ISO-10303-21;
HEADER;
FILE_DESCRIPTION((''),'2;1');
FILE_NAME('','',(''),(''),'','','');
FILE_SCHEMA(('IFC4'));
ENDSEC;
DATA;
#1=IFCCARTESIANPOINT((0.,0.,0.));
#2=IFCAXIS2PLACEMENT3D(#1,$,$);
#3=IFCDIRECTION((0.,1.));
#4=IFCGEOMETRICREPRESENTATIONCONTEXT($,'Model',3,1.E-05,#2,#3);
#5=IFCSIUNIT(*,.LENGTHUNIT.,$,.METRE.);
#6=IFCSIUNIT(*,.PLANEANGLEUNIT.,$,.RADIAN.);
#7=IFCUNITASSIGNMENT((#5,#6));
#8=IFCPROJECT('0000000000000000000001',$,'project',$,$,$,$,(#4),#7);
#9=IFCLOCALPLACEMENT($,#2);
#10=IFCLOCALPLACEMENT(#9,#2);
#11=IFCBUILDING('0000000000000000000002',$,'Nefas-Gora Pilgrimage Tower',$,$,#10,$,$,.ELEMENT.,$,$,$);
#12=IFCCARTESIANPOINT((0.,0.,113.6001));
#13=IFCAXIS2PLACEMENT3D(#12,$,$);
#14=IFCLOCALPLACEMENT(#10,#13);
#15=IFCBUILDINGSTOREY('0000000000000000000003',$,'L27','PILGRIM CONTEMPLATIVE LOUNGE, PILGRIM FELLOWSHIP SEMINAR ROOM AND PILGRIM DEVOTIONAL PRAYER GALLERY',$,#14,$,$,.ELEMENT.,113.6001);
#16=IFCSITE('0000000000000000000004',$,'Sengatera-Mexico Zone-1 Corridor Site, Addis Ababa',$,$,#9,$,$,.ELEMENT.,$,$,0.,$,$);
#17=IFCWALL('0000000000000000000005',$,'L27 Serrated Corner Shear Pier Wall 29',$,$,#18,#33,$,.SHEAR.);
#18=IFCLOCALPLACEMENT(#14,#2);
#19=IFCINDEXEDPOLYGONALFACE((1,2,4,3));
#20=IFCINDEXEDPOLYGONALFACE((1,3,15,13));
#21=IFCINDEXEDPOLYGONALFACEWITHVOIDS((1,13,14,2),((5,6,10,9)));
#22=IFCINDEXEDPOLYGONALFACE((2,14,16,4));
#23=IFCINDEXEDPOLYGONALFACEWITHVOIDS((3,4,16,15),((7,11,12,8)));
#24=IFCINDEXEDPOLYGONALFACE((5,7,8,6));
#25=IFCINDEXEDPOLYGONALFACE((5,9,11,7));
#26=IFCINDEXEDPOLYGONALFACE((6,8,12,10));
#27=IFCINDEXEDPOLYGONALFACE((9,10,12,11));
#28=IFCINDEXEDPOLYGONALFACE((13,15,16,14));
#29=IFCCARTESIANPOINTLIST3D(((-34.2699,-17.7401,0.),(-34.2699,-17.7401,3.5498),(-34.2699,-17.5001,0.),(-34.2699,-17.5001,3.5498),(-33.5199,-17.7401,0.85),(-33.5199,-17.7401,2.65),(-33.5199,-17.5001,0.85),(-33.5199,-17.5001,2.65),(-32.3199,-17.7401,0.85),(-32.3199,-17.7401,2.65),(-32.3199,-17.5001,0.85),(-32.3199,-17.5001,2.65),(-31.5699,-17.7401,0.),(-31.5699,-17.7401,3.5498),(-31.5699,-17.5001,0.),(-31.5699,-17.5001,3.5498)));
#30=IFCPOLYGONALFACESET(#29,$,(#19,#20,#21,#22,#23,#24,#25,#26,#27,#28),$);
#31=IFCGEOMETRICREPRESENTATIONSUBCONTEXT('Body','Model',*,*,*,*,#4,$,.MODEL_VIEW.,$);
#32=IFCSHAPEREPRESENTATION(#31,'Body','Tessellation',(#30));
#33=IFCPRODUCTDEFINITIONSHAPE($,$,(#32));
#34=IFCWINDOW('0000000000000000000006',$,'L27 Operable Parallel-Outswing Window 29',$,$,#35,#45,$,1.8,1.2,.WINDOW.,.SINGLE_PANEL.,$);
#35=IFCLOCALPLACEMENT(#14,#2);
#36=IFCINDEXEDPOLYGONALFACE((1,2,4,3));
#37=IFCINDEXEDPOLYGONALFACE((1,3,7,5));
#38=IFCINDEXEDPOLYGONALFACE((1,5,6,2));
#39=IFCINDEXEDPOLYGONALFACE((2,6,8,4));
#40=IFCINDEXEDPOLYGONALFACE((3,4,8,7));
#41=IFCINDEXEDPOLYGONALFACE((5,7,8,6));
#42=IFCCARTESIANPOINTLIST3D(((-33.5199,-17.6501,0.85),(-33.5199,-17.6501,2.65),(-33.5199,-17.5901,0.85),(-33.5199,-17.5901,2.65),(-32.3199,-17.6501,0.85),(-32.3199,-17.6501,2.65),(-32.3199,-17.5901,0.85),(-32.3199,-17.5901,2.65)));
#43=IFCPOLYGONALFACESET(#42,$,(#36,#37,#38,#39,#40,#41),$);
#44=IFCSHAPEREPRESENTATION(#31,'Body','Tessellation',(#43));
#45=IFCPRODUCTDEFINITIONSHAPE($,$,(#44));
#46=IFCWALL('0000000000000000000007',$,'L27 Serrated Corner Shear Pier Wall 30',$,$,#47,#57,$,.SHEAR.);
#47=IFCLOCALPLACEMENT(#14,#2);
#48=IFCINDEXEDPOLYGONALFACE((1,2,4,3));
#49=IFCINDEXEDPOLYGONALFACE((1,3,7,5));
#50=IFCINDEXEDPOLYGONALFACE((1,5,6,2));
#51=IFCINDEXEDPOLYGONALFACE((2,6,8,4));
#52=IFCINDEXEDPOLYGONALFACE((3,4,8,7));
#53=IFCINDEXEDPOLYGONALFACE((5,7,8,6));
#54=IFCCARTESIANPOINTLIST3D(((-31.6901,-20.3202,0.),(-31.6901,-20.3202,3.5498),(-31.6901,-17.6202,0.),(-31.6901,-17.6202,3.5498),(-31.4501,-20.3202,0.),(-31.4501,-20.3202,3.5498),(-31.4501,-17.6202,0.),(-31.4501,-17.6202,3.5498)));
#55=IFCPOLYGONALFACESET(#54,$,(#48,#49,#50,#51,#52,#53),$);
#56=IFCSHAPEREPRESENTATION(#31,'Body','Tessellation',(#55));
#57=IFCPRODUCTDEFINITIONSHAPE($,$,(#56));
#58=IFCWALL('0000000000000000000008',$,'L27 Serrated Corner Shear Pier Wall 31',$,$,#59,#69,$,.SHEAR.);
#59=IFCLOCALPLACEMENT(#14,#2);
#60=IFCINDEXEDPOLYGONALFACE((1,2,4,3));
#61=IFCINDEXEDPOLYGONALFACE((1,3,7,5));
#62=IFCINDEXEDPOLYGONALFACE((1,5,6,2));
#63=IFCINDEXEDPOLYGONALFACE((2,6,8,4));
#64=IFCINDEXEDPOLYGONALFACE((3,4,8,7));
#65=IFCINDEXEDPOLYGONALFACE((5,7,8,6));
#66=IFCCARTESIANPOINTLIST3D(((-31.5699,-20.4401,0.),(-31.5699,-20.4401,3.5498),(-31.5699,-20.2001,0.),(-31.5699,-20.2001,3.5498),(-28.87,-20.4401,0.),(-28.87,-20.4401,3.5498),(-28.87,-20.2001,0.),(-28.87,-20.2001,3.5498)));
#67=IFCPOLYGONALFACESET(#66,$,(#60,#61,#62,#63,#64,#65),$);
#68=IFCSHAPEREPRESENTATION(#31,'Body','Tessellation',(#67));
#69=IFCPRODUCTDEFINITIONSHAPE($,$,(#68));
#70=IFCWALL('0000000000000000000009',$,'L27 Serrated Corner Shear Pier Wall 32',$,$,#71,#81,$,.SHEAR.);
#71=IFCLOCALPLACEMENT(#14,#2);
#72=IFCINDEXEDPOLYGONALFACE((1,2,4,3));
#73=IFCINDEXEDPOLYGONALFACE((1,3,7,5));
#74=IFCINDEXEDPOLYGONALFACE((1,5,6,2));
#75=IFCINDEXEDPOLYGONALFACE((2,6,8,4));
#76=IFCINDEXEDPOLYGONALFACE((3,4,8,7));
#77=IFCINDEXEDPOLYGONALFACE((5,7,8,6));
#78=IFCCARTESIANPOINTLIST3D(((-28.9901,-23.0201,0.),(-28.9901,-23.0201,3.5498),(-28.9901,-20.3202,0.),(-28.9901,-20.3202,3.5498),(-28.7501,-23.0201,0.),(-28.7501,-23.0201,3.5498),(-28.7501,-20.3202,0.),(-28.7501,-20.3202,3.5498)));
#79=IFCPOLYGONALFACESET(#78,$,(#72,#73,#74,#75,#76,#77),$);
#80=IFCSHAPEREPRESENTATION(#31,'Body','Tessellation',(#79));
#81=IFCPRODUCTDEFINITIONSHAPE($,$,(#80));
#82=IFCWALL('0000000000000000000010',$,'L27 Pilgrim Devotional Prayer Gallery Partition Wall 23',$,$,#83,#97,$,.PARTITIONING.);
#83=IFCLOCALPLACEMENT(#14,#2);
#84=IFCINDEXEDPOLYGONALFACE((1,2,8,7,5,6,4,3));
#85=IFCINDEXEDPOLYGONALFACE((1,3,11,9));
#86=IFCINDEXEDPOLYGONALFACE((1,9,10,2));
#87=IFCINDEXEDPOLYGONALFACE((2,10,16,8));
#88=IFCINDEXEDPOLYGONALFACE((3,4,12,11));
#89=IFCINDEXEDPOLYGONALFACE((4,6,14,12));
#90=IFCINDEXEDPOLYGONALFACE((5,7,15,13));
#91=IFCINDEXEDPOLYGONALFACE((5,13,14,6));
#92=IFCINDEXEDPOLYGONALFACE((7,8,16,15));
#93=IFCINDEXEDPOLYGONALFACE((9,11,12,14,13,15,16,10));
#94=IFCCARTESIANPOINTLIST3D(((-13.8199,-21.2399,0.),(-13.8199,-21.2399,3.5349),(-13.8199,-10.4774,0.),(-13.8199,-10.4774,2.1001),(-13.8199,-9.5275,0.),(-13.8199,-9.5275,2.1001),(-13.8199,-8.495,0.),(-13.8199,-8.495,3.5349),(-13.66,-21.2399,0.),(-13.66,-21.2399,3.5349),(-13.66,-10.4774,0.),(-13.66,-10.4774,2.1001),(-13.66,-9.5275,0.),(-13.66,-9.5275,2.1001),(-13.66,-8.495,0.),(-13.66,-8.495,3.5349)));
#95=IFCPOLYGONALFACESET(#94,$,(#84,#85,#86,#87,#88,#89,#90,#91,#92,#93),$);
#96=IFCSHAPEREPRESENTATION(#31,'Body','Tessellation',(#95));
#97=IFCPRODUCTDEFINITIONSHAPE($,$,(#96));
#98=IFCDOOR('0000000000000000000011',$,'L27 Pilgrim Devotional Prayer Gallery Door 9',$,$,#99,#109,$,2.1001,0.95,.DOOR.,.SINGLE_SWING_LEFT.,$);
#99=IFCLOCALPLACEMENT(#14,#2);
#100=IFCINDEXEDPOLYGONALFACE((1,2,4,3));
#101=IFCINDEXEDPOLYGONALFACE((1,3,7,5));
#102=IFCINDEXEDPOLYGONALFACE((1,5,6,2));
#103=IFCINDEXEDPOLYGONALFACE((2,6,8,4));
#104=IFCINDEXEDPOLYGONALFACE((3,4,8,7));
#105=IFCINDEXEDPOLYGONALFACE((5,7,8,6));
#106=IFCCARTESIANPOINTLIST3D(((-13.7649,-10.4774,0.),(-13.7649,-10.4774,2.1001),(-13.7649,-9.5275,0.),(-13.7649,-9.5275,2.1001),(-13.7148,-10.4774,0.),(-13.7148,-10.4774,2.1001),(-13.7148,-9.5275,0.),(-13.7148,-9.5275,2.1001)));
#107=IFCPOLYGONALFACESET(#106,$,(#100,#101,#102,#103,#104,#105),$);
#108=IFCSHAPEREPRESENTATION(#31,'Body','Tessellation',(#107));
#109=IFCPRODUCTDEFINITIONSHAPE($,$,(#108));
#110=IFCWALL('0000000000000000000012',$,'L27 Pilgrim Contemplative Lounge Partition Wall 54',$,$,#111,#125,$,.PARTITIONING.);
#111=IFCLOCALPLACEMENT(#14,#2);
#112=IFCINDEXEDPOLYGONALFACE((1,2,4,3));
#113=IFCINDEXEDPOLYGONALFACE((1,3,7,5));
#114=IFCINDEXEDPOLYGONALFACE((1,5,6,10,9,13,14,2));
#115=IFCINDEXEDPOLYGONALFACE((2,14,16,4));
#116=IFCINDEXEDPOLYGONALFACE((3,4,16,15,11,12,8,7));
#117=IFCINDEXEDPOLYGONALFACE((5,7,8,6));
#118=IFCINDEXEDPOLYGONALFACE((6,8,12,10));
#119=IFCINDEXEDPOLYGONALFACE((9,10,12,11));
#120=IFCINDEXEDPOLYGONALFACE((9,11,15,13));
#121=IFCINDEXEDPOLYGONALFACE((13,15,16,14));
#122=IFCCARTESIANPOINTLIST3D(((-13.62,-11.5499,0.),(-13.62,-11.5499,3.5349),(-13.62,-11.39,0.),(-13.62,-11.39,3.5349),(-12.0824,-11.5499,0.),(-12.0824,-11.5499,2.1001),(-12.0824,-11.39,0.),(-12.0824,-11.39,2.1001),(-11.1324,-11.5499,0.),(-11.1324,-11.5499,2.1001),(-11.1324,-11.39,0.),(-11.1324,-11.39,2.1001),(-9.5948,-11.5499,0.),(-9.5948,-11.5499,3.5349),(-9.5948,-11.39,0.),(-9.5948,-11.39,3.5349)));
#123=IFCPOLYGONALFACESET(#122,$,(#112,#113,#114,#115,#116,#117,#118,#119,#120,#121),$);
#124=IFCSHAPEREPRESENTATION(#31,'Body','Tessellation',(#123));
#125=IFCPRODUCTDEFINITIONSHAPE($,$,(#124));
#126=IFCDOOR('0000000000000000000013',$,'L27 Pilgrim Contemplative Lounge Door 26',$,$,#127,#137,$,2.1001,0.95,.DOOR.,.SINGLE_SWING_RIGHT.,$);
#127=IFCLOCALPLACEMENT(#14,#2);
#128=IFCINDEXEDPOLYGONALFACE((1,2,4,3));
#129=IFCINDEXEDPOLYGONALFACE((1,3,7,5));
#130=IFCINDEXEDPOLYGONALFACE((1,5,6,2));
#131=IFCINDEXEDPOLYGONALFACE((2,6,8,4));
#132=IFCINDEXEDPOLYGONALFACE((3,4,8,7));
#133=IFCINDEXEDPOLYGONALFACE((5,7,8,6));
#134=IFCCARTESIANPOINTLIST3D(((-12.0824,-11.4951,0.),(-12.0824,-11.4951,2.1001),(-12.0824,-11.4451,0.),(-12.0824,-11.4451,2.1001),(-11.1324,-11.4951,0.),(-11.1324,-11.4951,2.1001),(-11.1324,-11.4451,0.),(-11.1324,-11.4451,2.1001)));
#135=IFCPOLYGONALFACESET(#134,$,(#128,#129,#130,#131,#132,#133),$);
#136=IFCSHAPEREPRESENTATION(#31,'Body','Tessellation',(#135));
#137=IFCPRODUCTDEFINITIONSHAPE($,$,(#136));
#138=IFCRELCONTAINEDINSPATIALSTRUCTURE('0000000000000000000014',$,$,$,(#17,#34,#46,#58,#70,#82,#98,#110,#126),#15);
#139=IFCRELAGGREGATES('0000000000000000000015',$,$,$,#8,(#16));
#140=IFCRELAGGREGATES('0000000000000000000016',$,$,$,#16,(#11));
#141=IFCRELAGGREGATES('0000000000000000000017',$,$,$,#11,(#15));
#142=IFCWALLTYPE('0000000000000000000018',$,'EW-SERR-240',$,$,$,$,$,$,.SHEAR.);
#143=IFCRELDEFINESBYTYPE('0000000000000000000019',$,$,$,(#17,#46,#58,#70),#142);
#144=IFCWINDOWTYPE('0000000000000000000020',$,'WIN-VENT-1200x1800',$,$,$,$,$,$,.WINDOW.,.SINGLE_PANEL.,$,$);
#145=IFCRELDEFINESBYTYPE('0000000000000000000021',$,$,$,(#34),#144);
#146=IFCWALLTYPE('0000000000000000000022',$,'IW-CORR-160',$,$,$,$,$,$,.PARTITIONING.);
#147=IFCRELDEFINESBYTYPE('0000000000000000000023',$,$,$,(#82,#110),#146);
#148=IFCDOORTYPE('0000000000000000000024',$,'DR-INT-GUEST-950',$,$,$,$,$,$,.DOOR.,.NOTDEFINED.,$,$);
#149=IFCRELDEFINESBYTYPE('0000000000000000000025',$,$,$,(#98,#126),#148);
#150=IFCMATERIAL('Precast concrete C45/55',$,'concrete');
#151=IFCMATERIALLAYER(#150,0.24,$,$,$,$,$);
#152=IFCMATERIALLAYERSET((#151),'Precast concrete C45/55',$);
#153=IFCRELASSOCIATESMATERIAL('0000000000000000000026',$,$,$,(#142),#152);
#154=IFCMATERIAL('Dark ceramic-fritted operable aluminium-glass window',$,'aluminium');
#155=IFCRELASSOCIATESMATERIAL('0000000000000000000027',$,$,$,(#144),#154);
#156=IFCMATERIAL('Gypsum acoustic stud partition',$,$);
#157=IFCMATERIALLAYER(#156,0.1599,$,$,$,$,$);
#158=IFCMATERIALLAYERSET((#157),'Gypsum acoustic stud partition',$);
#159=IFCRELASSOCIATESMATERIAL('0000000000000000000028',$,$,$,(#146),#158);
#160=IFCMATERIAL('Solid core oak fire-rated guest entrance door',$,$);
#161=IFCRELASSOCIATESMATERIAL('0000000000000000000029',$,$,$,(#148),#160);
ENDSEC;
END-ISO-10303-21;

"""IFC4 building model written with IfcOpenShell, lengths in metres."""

from ifc_helpers import new_model, si_unit, direction, frame, frame_2d, origin, place, context, subcontext, project, spatial, rectangle, extrude, source, transform, mapped, material, layer, layer_set, type_object, element, fill, save


model = new_model("IFC4")

# Units and contexts
model_context = context("Model", 3, precision=1e-05, world=origin(), true_north=direction((0.0, 1.0)))
body_context = subcontext(model_context, "Body", "Model", "MODEL_VIEW")
ifc_project = project(units=[si_unit("LENGTHUNIT", "METRE"), si_unit("PLANEANGLEUNIT", "RADIAN")], contexts=[model_context])

# Site, building, storey
site_placement = place(None, origin())
site = spatial("IfcSite", under=ifc_project, at=site_placement, Name="Sengatera-Mexico Zone-1 Corridor Site, Addis Ababa", CompositionType="ELEMENT", RefElevation=0.0)
building_placement = place(site_placement, origin())
building = spatial("IfcBuilding", under=site, at=building_placement, Name="Nefas-Gora Pilgrimage Tower", CompositionType="ELEMENT")
storey_placement = place(building_placement, frame((0.0, 0.0, 113.6001)))
storey = spatial("IfcBuildingStorey", under=building, at=storey_placement, Name="L27", Description="PILGRIM CONTEMPLATIVE LOUNGE, PILGRIM FELLOWSHIP SEMINAR ROOM AND PILGRIM DEVOTIONAL PRAYER GALLERY", CompositionType="ELEMENT", Elevation=113.6001)

# Wall, opening, window
ifc_material_1 = material(Name="Precast concrete C45/55", Category="concrete")
ifc_layer_1 = layer(ifc_material_1, 0.24)
ifc_layer_set_1 = layer_set([ifc_layer_1], Name="Precast concrete C45/55")
wall_type_1 = type_object("IfcWallType", Name="EW-SERR-240", PredefinedType="SHEAR", material=ifc_layer_set_1)
shared_shape_1 = source(origin(), body_context, "Body", "SweptSolid", [
    extrude(rectangle(XDim=2.7, YDim=0.24, at=frame_2d((1.3501, 0.0))), origin(), (0.0, 0.0, 1.0), 3.5498),
])
wall_1_placement = place(storey_placement, frame((-34.27, -17.6201, 0.0), z_axis=(0.0, 0.0, 1.0), x_axis=(1.0, 0.0, 0.0)))
wall_1 = element("IfcWall", 1, at=wall_1_placement, inside=storey, type_object=wall_type_1, Name="L27 Serrated Corner Shear Pier Wall 29", PredefinedType="SHEAR", context=body_context, shape_type="MappedRepresentation", body=[
    mapped(shared_shape_1, transform((0.0, 0.0, 0.0), x_axis=(1.0, 0.0, 0.0), y_axis=(0.0, 1.0, 0.0), z_axis=(0.0, 0.0, 1.0), scale=1.0)),
])
opening_1_placement = place(wall_1_placement, frame((0.75, 0.0, 0.8501)))
opening_1 = element("IfcOpeningElement", 2, at=opening_1_placement, cuts=wall_1, PredefinedType="OPENING", context=body_context, shape_type="SweptSolid", body=[
    extrude(rectangle(XDim=1.2, YDim=1.8, at=frame_2d((0.6001, 0.8999))), frame((0.0, 0.1299, 0.0), z_axis=(0.0, -1.0, 0.0), x_axis=(1.0, 0.0, 0.0)), (0.0, 0.0, 1.0), 0.26),
])
ifc_material_2 = material(Name="Dark ceramic-fritted operable aluminium-glass window", Category="aluminium")
window_type = type_object("IfcWindowType", Name="WIN-VENT-1200x1800", PartitioningType="SINGLE_PANEL", PredefinedType="WINDOW", material=ifc_material_2)
shared_shape_2 = source(origin(), body_context, "Body", "SweptSolid", [
    extrude(rectangle(XDim=1.2, YDim=1.8, at=frame_2d((0.6001, 0.8999))), frame((0.0, 0.03, 0.0), z_axis=(0.0, -1.0, 0.0), x_axis=(1.0, 0.0, 0.0)), (0.0, 0.0, 1.0), 0.0601),
])
window_placement = place(opening_1_placement, origin())
window = element("IfcWindow", 3, at=window_placement, inside=storey, type_object=window_type, Name="L27 Operable Parallel-Outswing Window 29", OverallHeight=1.8, OverallWidth=1.2, PartitioningType="SINGLE_PANEL", PredefinedType="WINDOW", context=body_context, shape_type="MappedRepresentation", body=[
    mapped(shared_shape_2, transform((0.0, 0.0, 0.0), x_axis=(1.0, 0.0, 0.0), y_axis=(0.0, 1.0, 0.0), z_axis=(0.0, 0.0, 1.0), scale=1.0)),
])
fill(opening_1, window)

# Walls
for number, where, z_axis, x_axis, name in (
    (4, (-31.5701, -17.6201, 0.0), (0.0, 0.0, 1.0), (0.0, -1.0, 0.0), "L27 Serrated Corner Shear Pier Wall 30"),
    (5, (-31.5701, -20.3201, 0.0), (0.0, 0.0, 1.0), (1.0, 0.0, 0.0), "L27 Serrated Corner Shear Pier Wall 31"),
    (6, (-28.8701, -20.3201, 0.0), (0.0, 0.0, 1.0), (0.0, -1.0, 0.0), "L27 Serrated Corner Shear Pier Wall 32"),
):
    element("IfcWall", number, at=place(storey_placement, frame(where, z_axis=z_axis, x_axis=x_axis)), inside=storey, type_object=wall_type_1, Name=name, PredefinedType="SHEAR", context=body_context, shape_type="MappedRepresentation", body=[
        mapped(shared_shape_1, transform((0.0, 0.0, 0.0), x_axis=(1.0, 0.0, 0.0), y_axis=(0.0, 1.0, 0.0), z_axis=(0.0, 0.0, 1.0), scale=1.0)),
    ])

# Walls, openings, doors
ifc_material_3 = material(Name="Gypsum acoustic stud partition")
ifc_layer_2 = layer(ifc_material_3, 0.1599)
ifc_layer_set_2 = layer_set([ifc_layer_2], Name="Gypsum acoustic stud partition")
wall_type_2 = type_object("IfcWallType", Name="IW-CORR-160", PredefinedType="PARTITIONING", material=ifc_layer_set_2)
shared_shape_3 = source(origin(), body_context, "Body", "SweptSolid", [
    extrude(rectangle(XDim=12.7449, YDim=0.1599, at=frame_2d((6.3726, 0.0))), origin(), (0.0, 0.0, 1.0), 3.5349),
])
wall_2_placement = place(storey_placement, frame((-13.74, -21.24, 0.0), z_axis=(0.0, 0.0, 1.0), x_axis=(0.0, 1.0, 0.0)))
wall_2 = element("IfcWall", 7, at=wall_2_placement, inside=storey, type_object=wall_type_2, Name="L27 Pilgrim Devotional Prayer Gallery Partition Wall 23", PredefinedType="PARTITIONING", context=body_context, shape_type="MappedRepresentation", body=[
    mapped(shared_shape_3, transform((0.0, 0.0, 0.0), x_axis=(1.0, 0.0, 0.0), y_axis=(0.0, 1.0, 0.0), z_axis=(0.0, 0.0, 1.0), scale=1.0)),
])
opening_2_placement = place(wall_2_placement, frame((10.7625, 0.0, 0.0)))
opening_2 = element("IfcOpeningElement", 8, at=opening_2_placement, cuts=wall_2, PredefinedType="OPENING", context=body_context, shape_type="SweptSolid", body=[
    extrude(rectangle(XDim=0.95, YDim=2.1001, at=frame_2d((0.4751, 1.05))), frame((0.0, 0.0898, 0.0), z_axis=(0.0, -1.0, 0.0), x_axis=(1.0, 0.0, 0.0)), (0.0, 0.0, 1.0), 0.1799),
])
ifc_material_4 = material(Name="Solid core oak fire-rated guest entrance door")
door_type = type_object("IfcDoorType", Name="DR-INT-GUEST-950", OperationType="NOTDEFINED", PredefinedType="DOOR", material=ifc_material_4)
shared_shape_4 = source(origin(), body_context, "Body", "SweptSolid", [
    extrude(rectangle(XDim=0.95, YDim=2.1001, at=frame_2d((0.4751, 1.05))), frame((0.0, 0.0249, 0.0), z_axis=(0.0, -1.0, 0.0), x_axis=(1.0, 0.0, 0.0)), (0.0, 0.0, 1.0), 0.05),
])
door_1_placement = place(opening_2_placement, origin())
door_1 = element("IfcDoor", 9, at=door_1_placement, inside=storey, type_object=door_type, Name="L27 Pilgrim Devotional Prayer Gallery Door 9", OperationType="SINGLE_SWING_LEFT", OverallHeight=2.1001, OverallWidth=0.95, PredefinedType="DOOR", context=body_context, shape_type="MappedRepresentation", body=[
    mapped(shared_shape_4, transform((0.0, 0.0, 0.0), x_axis=(1.0, 0.0, 0.0), y_axis=(0.0, 1.0, 0.0), z_axis=(0.0, 0.0, 1.0), scale=1.0)),
])
fill(opening_2, door_1)
shared_shape_5 = source(origin(), body_context, "Body", "SweptSolid", [
    extrude(rectangle(XDim=4.0251, YDim=0.1599, at=frame_2d((2.0127, 0.0))), origin(), (0.0, 0.0, 1.0), 3.5349),
])
wall_3_placement = place(storey_placement, frame((-13.6201, -11.47, 0.0), z_axis=(0.0, 0.0, 1.0), x_axis=(1.0, 0.0, 0.0)))
wall_3 = element("IfcWall", 10, at=wall_3_placement, inside=storey, type_object=wall_type_2, Name="L27 Pilgrim Contemplative Lounge Partition Wall 54", PredefinedType="PARTITIONING", context=body_context, shape_type="MappedRepresentation", body=[
    mapped(shared_shape_5, transform((0.0, 0.0, 0.0), x_axis=(1.0, 0.0, 0.0), y_axis=(0.0, 1.0, 0.0), z_axis=(0.0, 0.0, 1.0), scale=1.0)),
])
opening_3_placement = place(wall_3_placement, frame((1.5376, 0.0, 0.0)))
opening_3 = element("IfcOpeningElement", 11, at=opening_3_placement, cuts=wall_3, PredefinedType="OPENING", context=body_context, shape_type="SweptSolid", body=[
    extrude(rectangle(XDim=0.95, YDim=2.1001, at=frame_2d((0.4751, 1.05))), frame((0.0, 0.0898, 0.0), z_axis=(0.0, -1.0, 0.0), x_axis=(1.0, 0.0, 0.0)), (0.0, 0.0, 1.0), 0.1799),
])
door_2_placement = place(opening_3_placement, origin())
door_2 = element("IfcDoor", 12, at=door_2_placement, inside=storey, type_object=door_type, Name="L27 Pilgrim Contemplative Lounge Door 26", OperationType="SINGLE_SWING_RIGHT", OverallHeight=2.1001, OverallWidth=0.95, PredefinedType="DOOR", context=body_context, shape_type="MappedRepresentation", body=[
    mapped(shared_shape_4, transform((0.0, 0.0, 0.0), x_axis=(1.0, 0.0, 0.0), y_axis=(0.0, 1.0, 0.0), z_axis=(0.0, 0.0, 1.0), scale=1.0)),
])
fill(opening_3, door_2)

save(model, "model.ifc")
